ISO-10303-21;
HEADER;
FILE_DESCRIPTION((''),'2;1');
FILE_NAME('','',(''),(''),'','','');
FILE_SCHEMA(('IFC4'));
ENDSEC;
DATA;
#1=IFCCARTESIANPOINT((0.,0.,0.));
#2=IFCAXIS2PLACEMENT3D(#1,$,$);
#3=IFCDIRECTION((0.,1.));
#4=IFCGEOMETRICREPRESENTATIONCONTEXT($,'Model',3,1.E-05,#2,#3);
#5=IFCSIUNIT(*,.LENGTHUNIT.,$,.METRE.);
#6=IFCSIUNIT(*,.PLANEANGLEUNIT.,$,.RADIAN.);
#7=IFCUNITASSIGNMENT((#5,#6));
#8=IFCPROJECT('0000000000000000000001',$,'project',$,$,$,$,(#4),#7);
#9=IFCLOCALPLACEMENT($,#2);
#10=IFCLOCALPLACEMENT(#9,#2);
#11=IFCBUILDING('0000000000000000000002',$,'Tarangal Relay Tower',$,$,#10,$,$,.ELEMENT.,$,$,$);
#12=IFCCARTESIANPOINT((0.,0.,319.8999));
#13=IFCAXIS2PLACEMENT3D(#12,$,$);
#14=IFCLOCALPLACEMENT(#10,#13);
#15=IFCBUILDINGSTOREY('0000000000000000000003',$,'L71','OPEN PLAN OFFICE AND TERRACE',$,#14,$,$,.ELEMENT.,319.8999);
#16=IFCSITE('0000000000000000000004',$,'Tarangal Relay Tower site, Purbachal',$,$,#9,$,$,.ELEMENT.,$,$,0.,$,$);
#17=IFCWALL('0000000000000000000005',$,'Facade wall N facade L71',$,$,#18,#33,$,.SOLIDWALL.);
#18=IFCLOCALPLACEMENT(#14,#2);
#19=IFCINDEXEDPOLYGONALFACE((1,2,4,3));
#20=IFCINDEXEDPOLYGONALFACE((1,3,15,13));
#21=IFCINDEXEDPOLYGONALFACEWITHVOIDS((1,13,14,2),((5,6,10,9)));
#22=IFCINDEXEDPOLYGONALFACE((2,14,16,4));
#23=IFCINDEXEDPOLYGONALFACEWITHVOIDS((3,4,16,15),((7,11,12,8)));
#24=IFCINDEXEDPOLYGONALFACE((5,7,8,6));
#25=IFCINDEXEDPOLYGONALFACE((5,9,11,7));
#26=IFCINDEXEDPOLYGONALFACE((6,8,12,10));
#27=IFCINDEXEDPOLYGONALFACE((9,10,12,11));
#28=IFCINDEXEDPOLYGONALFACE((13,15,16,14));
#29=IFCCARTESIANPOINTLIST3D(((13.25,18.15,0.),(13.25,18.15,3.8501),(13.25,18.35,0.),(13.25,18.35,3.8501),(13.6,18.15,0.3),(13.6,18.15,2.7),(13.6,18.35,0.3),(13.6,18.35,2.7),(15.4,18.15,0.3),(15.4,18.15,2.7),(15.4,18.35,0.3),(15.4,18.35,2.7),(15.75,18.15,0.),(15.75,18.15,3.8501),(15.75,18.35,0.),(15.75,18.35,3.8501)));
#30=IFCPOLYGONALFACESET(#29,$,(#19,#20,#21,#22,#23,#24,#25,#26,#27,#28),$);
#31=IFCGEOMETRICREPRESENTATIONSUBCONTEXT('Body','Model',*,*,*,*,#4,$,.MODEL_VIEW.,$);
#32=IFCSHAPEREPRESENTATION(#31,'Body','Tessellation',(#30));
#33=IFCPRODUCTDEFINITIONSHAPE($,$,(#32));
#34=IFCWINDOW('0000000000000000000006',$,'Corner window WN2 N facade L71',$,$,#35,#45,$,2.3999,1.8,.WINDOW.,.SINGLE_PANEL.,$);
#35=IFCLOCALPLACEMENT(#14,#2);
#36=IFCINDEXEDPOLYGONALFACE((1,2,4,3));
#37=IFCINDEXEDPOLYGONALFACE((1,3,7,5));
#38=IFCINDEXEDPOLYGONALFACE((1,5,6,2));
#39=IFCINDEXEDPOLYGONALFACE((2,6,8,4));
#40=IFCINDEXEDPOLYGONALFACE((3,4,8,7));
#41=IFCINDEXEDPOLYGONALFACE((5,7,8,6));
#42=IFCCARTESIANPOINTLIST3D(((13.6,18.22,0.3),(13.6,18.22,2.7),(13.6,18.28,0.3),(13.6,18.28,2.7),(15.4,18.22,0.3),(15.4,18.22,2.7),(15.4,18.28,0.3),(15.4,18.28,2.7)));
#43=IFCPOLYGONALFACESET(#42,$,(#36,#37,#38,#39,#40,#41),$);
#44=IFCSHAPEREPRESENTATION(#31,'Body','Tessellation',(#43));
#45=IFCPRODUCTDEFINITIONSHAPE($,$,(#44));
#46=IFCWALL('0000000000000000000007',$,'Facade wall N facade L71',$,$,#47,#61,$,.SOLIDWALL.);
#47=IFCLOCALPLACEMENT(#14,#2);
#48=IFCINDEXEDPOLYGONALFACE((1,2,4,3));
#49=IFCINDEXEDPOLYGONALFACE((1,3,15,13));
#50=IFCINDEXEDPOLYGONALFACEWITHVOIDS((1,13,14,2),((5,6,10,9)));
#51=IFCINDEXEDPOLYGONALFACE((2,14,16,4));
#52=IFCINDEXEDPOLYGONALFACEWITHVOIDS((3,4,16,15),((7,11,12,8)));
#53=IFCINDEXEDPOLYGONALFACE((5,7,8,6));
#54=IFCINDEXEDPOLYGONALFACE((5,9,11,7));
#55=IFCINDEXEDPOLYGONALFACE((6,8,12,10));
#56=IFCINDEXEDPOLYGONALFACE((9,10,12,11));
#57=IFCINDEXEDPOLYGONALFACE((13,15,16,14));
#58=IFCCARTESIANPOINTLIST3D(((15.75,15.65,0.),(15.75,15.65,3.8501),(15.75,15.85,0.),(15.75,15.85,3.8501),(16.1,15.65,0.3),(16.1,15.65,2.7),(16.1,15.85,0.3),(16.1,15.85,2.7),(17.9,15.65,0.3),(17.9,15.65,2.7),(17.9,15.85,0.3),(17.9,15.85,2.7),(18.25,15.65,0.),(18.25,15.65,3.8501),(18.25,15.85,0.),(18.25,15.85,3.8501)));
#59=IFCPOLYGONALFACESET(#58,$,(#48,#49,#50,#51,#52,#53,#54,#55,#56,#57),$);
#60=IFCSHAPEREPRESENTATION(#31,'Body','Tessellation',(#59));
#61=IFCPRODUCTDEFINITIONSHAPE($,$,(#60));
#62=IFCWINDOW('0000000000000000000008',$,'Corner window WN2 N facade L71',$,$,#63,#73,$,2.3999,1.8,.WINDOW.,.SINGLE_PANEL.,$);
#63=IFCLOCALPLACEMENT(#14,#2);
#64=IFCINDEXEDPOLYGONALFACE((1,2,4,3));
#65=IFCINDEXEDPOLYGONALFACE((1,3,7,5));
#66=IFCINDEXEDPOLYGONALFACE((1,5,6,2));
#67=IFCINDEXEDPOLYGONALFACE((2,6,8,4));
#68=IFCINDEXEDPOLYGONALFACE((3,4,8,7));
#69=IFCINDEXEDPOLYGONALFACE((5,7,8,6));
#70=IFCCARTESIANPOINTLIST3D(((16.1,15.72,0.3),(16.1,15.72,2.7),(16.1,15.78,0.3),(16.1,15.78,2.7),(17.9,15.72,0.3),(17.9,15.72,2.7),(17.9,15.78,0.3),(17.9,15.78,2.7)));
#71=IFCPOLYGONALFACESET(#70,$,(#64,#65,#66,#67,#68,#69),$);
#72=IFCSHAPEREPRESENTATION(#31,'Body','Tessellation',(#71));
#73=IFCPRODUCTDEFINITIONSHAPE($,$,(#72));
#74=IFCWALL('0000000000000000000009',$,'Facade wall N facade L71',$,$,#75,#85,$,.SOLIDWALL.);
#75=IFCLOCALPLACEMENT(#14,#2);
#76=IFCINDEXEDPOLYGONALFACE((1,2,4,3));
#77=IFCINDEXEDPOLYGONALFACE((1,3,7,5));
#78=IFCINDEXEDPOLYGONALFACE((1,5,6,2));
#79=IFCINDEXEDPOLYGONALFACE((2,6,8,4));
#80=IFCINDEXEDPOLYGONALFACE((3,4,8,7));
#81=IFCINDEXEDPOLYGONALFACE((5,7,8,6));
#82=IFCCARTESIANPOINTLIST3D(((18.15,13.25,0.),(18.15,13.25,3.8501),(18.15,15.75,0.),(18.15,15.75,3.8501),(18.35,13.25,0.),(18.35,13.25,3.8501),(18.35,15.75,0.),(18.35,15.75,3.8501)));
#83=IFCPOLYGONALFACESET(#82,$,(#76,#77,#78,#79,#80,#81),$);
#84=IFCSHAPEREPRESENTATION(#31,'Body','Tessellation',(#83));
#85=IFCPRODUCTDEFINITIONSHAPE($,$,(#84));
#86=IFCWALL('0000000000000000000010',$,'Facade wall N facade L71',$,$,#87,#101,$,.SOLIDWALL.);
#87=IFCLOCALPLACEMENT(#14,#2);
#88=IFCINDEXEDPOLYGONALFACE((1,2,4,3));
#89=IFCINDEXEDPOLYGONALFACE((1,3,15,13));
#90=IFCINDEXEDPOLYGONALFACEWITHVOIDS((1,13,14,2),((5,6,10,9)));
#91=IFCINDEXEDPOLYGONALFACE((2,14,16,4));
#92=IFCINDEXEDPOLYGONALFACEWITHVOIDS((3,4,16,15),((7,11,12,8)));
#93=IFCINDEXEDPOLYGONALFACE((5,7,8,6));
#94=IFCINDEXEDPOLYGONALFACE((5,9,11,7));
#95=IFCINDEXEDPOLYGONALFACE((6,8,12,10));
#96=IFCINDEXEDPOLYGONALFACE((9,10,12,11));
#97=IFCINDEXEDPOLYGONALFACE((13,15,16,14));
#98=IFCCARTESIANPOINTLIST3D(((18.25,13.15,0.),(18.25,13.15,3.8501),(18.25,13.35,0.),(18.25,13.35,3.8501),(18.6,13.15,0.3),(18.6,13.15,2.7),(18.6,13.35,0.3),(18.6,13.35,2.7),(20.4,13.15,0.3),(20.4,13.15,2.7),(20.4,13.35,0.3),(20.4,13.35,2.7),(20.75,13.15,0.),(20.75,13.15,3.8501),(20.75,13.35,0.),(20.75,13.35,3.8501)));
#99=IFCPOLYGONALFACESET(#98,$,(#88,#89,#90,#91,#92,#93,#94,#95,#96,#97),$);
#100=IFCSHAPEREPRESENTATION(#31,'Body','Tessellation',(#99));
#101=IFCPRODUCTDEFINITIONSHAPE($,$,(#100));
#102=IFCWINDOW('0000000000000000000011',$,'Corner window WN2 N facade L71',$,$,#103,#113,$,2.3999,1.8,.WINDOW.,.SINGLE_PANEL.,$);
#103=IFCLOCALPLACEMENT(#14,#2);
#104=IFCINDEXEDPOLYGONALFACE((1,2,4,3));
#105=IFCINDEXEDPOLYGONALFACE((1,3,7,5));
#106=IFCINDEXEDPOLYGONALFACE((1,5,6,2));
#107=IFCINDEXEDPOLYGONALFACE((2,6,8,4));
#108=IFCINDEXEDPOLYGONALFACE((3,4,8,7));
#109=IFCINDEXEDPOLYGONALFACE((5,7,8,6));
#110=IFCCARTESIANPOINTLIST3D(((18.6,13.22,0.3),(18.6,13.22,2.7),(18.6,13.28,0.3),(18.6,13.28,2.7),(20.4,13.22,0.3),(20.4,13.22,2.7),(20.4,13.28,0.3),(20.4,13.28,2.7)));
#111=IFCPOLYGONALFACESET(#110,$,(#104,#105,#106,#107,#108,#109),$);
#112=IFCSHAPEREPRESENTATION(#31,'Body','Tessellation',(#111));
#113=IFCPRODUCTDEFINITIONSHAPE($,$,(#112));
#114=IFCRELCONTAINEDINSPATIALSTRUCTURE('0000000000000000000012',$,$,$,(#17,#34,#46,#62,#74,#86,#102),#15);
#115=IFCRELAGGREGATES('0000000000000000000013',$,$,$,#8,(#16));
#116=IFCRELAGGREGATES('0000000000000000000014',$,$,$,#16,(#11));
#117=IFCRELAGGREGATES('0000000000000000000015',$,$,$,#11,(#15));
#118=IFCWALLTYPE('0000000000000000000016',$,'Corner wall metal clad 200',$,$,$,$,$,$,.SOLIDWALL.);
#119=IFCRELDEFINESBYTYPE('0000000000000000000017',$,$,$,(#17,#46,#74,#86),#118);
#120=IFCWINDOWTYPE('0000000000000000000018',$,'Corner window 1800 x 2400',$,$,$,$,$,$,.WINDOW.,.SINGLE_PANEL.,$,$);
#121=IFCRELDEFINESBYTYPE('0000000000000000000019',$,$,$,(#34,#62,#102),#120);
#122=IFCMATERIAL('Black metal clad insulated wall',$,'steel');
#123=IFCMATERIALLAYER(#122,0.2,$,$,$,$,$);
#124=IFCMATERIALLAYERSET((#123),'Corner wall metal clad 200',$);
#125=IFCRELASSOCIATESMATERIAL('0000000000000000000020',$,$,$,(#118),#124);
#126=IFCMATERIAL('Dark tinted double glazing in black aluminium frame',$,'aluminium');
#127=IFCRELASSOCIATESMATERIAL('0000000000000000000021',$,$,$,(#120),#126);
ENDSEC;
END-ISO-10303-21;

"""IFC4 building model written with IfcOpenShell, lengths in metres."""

from ifc_helpers import new_model, si_unit, direction, frame, frame_2d, origin, place, context, subcontext, project, spatial, rectangle, extrude, material, layer, layer_set, type_object, element, fill, save


model = new_model("IFC4")

# Units and contexts
model_context = context("Model", 3, precision=1e-05, world=origin(), true_north=direction((0.0, 1.0)))
body_context = subcontext(model_context, "Body", "Model", "MODEL_VIEW")
ifc_project = project(units=[si_unit("LENGTHUNIT", "METRE"), si_unit("PLANEANGLEUNIT", "RADIAN")], contexts=[model_context])

# Site, building, storey
site_placement = place(None, origin())
site = spatial("IfcSite", under=ifc_project, at=site_placement, Name="Tarangal Relay Tower site, Purbachal", CompositionType="ELEMENT", RefElevation=0.0)
building_placement = place(site_placement, origin())
building = spatial("IfcBuilding", under=site, at=building_placement, Name="Tarangal Relay Tower", CompositionType="ELEMENT")
storey_placement = place(building_placement, frame((0.0, 0.0, 319.8999)))
storey = spatial("IfcBuildingStorey", under=building, at=storey_placement, Name="L71", Description="OPEN PLAN OFFICE AND TERRACE", CompositionType="ELEMENT", Elevation=319.8999)

# Shared definitions
ifc_material_1 = material(Name="Black metal clad insulated wall", Category="steel")
ifc_layer_1 = layer(ifc_material_1, 0.2)
ifc_layer_set_1 = layer_set([ifc_layer_1], Name="Corner wall metal clad 200")
wall_type_1 = type_object("IfcWallType", Name="Corner wall metal clad 200", PredefinedType="SOLIDWALL", material=ifc_layer_set_1)

# Wall, opening, window
wall_1_placement = place(storey_placement, frame((13.25, 18.25, 0.0), z_axis=(0.0, 0.0, 1.0), x_axis=(1.0, 0.0, 0.0)))
wall_1 = element("IfcWall", 1, at=wall_1_placement, inside=storey, type_object=wall_type_1, Name="Facade wall N facade L71", PredefinedType="SOLIDWALL", context=body_context, shape_type="SweptSolid", body=[
    extrude(rectangle(XDim=2.5, YDim=0.2, at=frame_2d((1.25, 0.0))), origin(), (0.0, 0.0, 1.0), 3.8501),
])
opening_1_placement = place(wall_1_placement, frame((0.3501, 0.0, 0.3)))
opening_1 = element("IfcOpeningElement", 2, at=opening_1_placement, cuts=wall_1, PredefinedType="OPENING", context=body_context, shape_type="SweptSolid", body=[
    extrude(rectangle(XDim=1.8, YDim=2.3999, at=frame_2d((0.8999, 1.2))), frame((0.0, 0.1099, 0.0), z_axis=(0.0, -1.0, 0.0), x_axis=(1.0, 0.0, 0.0)), (0.0, 0.0, 1.0), 0.22),
])
ifc_material_2 = material(Name="Dark tinted double glazing in black aluminium frame", Category="aluminium")
window_type = type_object("IfcWindowType", Name="Corner window 1800 x 2400", PartitioningType="SINGLE_PANEL", PredefinedType="WINDOW", material=ifc_material_2)
window_1_placement = place(opening_1_placement, origin())
window_1 = element("IfcWindow", 3, at=window_1_placement, inside=storey, type_object=window_type, Name="Corner window WN2 N facade L71", OverallHeight=2.3999, OverallWidth=1.8, PartitioningType="SINGLE_PANEL", PredefinedType="WINDOW", context=body_context, shape_type="SweptSolid", body=[
    extrude(rectangle(XDim=1.8, YDim=2.3999, at=frame_2d((0.8999, 1.2))), frame((0.0, 0.03, 0.0), z_axis=(0.0, -1.0, 0.0), x_axis=(1.0, 0.0, 0.0)), (0.0, 0.0, 1.0), 0.0601),
])
fill(opening_1, window_1)

# Wall, opening, window
wall_2_placement = place(storey_placement, frame((15.75, 15.75, 0.0), z_axis=(0.0, 0.0, 1.0), x_axis=(1.0, 0.0, 0.0)))
wall_2 = element("IfcWall", 4, at=wall_2_placement, inside=storey, type_object=wall_type_1, Name="Facade wall N facade L71", PredefinedType="SOLIDWALL", context=body_context, shape_type="SweptSolid", body=[
    extrude(rectangle(XDim=2.5, YDim=0.2, at=frame_2d((1.25, 0.0))), origin(), (0.0, 0.0, 1.0), 3.8501),
])
opening_2_placement = place(wall_2_placement, frame((0.3501, 0.0, 0.3)))
opening_2 = element("IfcOpeningElement", 5, at=opening_2_placement, cuts=wall_2, PredefinedType="OPENING", context=body_context, shape_type="SweptSolid", body=[
    extrude(rectangle(XDim=1.8, YDim=2.3999, at=frame_2d((0.8999, 1.2))), frame((0.0, 0.1099, 0.0), z_axis=(0.0, -1.0, 0.0), x_axis=(1.0, 0.0, 0.0)), (0.0, 0.0, 1.0), 0.22),
])
window_2_placement = place(opening_2_placement, origin())
window_2 = element("IfcWindow", 6, at=window_2_placement, inside=storey, type_object=window_type, Name="Corner window WN2 N facade L71", OverallHeight=2.3999, OverallWidth=1.8, PartitioningType="SINGLE_PANEL", PredefinedType="WINDOW", context=body_context, shape_type="SweptSolid", body=[
    extrude(rectangle(XDim=1.8, YDim=2.3999, at=frame_2d((0.8999, 1.2))), frame((0.0, 0.03, 0.0), z_axis=(0.0, -1.0, 0.0), x_axis=(1.0, 0.0, 0.0)), (0.0, 0.0, 1.0), 0.0601),
])
fill(opening_2, window_2)

# Wall
wall_3_placement = place(storey_placement, frame((18.25, 15.75, 0.0), z_axis=(0.0, 0.0, 1.0), x_axis=(0.0, -1.0, 0.0)))
element("IfcWall", 7, at=wall_3_placement, inside=storey, type_object=wall_type_1, Name="Facade wall N facade L71", PredefinedType="SOLIDWALL", context=body_context, shape_type="SweptSolid", body=[
    extrude(rectangle(XDim=2.5, YDim=0.2, at=frame_2d((1.25, 0.0))), origin(), (0.0, 0.0, 1.0), 3.8501),
])

# Wall, opening, window
wall_4_placement = place(storey_placement, frame((18.25, 13.25, 0.0), z_axis=(0.0, 0.0, 1.0), x_axis=(1.0, 0.0, 0.0)))
wall_4 = element("IfcWall", 8, at=wall_4_placement, inside=storey, type_object=wall_type_1, Name="Facade wall N facade L71", PredefinedType="SOLIDWALL", context=body_context, shape_type="SweptSolid", body=[
    extrude(rectangle(XDim=2.5, YDim=0.2, at=frame_2d((1.25, 0.0))), origin(), (0.0, 0.0, 1.0), 3.8501),
])
opening_3_placement = place(wall_4_placement, frame((0.3501, 0.0, 0.3)))
opening_3 = element("IfcOpeningElement", 9, at=opening_3_placement, cuts=wall_4, PredefinedType="OPENING", context=body_context, shape_type="SweptSolid", body=[
    extrude(rectangle(XDim=1.8, YDim=2.3999, at=frame_2d((0.8999, 1.2))), frame((0.0, 0.1099, 0.0), z_axis=(0.0, -1.0, 0.0), x_axis=(1.0, 0.0, 0.0)), (0.0, 0.0, 1.0), 0.22),
])
window_3_placement = place(opening_3_placement, origin())
window_3 = element("IfcWindow", 10, at=window_3_placement, inside=storey, type_object=window_type, Name="Corner window WN2 N facade L71", OverallHeight=2.3999, OverallWidth=1.8, PartitioningType="SINGLE_PANEL", PredefinedType="WINDOW", context=body_context, shape_type="SweptSolid", body=[
    extrude(rectangle(XDim=1.8, YDim=2.3999, at=frame_2d((0.8999, 1.2))), frame((0.0, 0.03, 0.0), z_axis=(0.0, -1.0, 0.0), x_axis=(1.0, 0.0, 0.0)), (0.0, 0.0, 1.0), 0.0601),
])
fill(opening_3, window_3)

save(model, "model.ifc")
